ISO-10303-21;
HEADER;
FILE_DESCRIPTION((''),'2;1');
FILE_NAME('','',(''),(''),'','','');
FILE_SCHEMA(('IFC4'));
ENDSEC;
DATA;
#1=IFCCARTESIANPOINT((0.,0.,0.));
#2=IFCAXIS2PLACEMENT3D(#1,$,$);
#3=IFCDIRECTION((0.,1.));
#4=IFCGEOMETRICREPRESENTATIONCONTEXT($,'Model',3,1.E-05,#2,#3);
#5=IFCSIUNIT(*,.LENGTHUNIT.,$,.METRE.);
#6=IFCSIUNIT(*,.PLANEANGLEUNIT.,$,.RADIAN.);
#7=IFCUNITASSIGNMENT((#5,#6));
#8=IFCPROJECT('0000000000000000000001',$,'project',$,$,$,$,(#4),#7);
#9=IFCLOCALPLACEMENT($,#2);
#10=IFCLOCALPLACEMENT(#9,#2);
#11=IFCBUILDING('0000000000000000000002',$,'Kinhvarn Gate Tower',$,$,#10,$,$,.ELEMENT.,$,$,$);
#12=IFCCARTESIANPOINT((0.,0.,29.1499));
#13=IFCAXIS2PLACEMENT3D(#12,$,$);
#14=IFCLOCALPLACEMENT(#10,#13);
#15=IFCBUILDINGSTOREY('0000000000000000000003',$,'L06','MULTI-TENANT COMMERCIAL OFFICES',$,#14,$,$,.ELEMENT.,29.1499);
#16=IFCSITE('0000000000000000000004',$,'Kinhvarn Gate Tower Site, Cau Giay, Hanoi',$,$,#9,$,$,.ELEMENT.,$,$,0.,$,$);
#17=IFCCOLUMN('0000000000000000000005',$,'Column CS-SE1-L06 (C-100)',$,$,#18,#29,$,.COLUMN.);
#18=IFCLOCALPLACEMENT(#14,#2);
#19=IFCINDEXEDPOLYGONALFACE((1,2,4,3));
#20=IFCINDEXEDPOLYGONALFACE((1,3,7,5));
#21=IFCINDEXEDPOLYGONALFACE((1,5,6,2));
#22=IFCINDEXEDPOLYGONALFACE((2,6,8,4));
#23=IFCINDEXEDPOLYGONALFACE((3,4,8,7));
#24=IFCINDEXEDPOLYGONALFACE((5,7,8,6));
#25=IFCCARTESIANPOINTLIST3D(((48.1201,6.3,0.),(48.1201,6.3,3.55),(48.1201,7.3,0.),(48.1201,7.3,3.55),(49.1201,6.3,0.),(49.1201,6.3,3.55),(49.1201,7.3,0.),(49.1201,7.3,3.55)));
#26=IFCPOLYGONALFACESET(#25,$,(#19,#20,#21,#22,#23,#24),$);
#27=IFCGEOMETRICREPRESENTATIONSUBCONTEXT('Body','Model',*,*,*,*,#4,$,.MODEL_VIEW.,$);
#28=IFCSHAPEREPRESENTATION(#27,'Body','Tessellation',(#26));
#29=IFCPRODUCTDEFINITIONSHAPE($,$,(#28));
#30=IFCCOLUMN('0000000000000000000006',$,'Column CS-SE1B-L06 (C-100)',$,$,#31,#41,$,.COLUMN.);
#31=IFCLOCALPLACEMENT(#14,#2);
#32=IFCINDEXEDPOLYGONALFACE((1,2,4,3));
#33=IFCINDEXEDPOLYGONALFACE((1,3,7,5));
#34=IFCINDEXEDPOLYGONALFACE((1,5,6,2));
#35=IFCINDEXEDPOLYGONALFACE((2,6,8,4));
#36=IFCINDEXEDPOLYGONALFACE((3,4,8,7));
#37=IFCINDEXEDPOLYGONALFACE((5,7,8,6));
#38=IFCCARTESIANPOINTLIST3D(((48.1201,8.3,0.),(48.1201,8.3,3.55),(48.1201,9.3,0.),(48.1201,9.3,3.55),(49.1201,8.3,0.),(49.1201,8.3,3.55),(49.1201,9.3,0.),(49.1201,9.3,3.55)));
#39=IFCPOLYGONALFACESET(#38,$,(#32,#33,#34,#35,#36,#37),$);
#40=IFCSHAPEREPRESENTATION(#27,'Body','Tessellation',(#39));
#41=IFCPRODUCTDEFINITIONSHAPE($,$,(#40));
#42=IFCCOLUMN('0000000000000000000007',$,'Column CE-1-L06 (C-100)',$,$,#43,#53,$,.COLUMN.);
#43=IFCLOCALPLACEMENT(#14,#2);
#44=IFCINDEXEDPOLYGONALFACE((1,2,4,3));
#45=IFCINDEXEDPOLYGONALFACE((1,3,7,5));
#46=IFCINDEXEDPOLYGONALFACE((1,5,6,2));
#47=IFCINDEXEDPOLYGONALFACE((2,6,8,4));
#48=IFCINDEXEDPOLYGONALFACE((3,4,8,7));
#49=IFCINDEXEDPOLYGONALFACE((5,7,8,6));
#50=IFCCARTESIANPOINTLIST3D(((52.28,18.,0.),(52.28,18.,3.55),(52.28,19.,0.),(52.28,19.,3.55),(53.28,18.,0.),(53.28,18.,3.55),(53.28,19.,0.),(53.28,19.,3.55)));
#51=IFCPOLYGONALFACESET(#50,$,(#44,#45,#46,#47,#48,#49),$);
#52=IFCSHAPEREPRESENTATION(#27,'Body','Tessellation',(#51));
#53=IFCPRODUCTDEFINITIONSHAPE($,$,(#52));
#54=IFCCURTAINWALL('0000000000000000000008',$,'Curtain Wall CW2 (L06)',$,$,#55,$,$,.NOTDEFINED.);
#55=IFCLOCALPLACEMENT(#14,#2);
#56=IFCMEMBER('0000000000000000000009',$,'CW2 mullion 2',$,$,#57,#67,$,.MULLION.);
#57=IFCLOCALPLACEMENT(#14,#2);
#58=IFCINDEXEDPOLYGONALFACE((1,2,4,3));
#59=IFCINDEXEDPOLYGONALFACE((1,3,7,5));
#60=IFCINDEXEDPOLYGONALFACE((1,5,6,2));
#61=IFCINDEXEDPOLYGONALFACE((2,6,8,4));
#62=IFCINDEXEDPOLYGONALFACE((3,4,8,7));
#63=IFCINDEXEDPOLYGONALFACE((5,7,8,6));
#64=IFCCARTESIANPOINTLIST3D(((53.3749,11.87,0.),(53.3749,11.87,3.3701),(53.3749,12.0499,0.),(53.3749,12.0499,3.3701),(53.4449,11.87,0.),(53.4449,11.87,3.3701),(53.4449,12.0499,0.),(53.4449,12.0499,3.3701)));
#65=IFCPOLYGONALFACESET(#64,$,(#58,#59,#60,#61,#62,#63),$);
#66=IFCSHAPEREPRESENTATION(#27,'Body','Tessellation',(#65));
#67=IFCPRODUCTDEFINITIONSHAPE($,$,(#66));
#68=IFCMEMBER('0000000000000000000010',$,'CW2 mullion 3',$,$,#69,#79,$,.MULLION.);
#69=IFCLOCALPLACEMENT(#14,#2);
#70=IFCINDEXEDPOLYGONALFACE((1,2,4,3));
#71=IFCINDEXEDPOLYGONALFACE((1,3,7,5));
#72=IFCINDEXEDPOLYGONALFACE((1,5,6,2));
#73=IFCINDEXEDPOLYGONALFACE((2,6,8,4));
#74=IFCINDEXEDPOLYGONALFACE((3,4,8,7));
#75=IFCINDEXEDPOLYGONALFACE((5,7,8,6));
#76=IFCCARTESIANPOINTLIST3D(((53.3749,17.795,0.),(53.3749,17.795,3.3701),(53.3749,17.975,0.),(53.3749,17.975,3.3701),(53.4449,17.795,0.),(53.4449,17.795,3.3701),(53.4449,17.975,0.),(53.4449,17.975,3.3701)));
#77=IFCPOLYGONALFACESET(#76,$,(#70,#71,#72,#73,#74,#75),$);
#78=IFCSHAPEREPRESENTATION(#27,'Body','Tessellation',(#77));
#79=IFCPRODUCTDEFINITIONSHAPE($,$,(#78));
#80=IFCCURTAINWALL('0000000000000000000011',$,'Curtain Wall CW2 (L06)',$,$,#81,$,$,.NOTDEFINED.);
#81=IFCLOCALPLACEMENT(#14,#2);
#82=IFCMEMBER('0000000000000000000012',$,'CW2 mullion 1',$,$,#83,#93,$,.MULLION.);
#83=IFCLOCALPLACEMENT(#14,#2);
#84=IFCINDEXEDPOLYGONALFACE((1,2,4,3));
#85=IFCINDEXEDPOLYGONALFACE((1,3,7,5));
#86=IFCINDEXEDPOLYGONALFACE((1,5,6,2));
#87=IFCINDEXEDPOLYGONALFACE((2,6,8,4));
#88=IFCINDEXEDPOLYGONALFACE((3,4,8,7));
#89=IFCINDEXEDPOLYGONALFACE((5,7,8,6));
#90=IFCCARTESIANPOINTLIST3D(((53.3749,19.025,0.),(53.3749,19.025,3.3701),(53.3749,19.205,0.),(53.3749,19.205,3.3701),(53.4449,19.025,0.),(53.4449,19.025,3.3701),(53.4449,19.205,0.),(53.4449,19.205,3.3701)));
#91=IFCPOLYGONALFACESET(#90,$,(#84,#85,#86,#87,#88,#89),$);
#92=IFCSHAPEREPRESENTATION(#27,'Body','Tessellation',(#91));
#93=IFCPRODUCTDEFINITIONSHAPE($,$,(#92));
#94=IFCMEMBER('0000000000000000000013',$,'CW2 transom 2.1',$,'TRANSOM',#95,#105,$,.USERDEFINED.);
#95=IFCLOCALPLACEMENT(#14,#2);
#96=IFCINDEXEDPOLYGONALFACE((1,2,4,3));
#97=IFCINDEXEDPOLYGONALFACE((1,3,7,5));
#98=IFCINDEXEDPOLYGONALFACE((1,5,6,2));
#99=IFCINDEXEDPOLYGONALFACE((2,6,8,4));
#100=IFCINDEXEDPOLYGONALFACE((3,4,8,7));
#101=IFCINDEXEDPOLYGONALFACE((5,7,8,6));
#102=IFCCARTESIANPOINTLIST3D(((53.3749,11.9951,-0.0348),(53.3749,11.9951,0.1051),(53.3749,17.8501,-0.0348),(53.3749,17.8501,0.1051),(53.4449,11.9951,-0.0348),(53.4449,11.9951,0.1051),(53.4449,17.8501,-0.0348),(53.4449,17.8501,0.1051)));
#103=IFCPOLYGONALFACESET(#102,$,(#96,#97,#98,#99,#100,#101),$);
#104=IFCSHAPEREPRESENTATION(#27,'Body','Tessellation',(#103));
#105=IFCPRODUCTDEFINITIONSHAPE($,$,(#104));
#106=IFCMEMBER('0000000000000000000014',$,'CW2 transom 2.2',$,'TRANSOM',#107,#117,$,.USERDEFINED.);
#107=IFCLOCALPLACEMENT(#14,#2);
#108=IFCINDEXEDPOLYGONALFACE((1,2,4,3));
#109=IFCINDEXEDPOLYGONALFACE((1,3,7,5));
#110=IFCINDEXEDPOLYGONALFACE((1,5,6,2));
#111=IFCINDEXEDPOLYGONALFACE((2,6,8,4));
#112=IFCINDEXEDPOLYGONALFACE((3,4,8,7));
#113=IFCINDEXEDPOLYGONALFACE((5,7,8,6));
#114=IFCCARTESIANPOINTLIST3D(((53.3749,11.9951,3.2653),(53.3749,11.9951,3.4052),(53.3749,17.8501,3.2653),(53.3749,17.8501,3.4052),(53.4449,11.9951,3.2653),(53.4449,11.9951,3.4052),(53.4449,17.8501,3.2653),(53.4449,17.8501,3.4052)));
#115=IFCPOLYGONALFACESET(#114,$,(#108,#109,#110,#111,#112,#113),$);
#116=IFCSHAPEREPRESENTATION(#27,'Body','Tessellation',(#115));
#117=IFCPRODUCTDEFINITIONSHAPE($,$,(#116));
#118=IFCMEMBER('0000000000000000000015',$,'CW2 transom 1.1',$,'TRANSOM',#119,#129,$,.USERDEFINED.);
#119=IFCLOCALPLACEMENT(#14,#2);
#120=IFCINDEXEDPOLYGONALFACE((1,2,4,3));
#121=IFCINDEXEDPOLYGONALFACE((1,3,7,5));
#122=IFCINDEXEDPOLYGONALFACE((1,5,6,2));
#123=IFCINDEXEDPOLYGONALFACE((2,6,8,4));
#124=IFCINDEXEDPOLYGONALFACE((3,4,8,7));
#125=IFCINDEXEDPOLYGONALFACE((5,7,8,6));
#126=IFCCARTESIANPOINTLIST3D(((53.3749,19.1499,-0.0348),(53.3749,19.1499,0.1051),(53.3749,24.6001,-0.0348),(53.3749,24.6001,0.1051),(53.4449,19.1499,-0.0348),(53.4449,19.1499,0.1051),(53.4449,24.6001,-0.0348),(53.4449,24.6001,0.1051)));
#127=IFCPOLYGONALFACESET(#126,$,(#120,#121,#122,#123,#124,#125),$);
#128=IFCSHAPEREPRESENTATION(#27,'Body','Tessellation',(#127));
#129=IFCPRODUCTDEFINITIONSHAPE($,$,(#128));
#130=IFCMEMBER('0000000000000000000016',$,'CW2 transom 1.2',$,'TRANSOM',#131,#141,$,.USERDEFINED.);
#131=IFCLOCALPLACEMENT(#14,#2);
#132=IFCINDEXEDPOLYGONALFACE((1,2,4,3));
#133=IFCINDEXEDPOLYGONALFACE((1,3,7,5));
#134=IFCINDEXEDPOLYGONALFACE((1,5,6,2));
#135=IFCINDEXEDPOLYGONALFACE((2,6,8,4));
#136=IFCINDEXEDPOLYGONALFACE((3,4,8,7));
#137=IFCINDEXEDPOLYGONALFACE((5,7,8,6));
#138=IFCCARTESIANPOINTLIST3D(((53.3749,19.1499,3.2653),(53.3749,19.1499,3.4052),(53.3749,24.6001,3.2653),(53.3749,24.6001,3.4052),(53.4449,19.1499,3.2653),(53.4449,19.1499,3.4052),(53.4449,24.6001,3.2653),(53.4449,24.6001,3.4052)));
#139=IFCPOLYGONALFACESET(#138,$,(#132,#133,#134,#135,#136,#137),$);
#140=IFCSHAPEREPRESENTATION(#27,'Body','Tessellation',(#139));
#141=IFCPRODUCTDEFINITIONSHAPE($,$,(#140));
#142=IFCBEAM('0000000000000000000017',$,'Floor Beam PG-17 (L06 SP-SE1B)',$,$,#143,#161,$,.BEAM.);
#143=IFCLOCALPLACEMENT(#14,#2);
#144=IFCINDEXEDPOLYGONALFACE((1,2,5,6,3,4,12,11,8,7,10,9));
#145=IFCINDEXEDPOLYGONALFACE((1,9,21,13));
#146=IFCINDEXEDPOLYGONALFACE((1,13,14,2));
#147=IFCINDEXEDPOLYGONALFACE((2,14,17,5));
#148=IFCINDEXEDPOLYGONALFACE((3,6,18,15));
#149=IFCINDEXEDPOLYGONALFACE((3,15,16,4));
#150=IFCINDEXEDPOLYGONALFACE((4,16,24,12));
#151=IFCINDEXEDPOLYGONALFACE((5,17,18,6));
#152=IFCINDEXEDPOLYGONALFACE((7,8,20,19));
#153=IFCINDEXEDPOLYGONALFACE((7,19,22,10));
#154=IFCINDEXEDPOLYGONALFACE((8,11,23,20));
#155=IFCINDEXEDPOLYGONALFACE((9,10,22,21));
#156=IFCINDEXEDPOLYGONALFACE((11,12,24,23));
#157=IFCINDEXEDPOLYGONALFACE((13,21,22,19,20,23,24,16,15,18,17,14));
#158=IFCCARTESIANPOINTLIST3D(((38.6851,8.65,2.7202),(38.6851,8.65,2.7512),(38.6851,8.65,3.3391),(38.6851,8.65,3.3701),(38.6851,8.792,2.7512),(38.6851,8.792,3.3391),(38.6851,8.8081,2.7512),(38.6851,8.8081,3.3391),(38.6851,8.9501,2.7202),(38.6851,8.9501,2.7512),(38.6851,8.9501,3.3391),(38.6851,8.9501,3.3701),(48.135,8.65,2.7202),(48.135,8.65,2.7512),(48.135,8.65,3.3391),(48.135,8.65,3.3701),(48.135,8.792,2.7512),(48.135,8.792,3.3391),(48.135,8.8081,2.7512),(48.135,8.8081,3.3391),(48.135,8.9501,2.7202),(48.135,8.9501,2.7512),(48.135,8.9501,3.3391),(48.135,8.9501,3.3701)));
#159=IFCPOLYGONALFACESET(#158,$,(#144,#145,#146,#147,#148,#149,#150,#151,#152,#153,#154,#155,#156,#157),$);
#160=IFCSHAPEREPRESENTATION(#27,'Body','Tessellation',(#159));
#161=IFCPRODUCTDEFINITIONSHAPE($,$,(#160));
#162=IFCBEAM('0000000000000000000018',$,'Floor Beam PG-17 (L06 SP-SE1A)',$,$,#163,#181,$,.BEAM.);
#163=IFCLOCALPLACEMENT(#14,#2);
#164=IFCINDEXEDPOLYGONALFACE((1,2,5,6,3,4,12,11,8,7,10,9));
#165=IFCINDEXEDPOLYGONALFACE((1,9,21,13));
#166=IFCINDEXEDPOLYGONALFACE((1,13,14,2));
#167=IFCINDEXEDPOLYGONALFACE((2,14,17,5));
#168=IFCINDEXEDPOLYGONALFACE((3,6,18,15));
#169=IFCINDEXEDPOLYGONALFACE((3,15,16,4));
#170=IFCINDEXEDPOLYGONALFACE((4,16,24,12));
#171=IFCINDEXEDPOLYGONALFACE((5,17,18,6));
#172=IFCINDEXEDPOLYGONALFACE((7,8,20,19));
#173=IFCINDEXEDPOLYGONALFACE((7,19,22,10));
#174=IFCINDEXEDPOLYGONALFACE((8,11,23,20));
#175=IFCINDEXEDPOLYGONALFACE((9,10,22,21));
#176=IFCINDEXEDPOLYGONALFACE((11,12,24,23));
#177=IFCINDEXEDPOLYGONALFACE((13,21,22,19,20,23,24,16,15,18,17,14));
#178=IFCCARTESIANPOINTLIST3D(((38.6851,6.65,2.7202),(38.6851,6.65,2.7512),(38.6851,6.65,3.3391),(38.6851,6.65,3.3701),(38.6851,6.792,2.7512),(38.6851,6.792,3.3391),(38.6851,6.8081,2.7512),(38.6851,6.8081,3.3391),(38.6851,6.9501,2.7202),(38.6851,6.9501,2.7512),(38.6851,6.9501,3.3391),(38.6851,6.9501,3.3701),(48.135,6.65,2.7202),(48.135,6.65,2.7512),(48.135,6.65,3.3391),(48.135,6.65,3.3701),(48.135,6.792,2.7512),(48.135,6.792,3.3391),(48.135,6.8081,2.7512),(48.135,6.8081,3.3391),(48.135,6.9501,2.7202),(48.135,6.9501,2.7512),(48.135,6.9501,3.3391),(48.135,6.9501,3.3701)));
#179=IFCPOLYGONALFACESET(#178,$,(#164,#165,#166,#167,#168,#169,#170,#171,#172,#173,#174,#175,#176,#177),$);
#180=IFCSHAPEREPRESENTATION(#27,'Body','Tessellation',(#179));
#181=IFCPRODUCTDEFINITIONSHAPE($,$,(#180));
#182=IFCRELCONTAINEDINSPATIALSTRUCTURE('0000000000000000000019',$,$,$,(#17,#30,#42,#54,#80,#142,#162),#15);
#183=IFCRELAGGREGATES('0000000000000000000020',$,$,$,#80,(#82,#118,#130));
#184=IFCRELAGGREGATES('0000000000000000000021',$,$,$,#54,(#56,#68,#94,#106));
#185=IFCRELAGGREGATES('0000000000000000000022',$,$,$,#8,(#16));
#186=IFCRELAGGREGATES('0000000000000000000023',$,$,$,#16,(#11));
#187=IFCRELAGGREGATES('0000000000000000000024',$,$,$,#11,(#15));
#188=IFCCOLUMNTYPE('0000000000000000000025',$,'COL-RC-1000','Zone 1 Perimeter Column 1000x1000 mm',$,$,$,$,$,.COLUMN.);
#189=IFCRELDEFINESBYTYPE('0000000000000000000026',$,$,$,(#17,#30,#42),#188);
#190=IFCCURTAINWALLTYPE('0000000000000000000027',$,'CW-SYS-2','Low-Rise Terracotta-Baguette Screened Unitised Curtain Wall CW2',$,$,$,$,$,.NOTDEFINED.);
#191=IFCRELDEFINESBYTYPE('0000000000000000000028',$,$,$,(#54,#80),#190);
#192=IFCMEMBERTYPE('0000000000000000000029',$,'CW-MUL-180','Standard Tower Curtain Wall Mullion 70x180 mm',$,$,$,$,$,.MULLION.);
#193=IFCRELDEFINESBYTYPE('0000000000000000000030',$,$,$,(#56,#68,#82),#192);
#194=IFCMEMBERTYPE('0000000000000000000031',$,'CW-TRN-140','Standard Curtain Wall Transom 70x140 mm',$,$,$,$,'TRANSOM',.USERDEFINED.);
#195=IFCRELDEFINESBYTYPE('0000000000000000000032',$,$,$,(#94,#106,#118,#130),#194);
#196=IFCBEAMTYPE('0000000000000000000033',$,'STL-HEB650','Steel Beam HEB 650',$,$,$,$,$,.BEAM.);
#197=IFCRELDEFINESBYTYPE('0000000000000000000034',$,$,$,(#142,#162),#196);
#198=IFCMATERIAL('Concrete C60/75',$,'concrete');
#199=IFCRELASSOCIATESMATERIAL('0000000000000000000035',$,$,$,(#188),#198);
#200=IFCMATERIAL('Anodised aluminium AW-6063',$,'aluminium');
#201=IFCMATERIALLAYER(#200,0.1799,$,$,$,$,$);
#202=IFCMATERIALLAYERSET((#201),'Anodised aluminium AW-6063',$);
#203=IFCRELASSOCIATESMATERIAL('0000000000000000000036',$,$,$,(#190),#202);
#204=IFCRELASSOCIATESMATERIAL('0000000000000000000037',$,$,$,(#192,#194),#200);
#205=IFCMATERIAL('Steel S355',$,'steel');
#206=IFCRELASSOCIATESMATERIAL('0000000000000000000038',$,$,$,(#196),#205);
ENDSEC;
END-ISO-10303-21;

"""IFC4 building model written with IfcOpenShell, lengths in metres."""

from ifc_helpers import new_model, si_unit, direction, frame, origin, origin_2d, place, context, subcontext, project, spatial, rectangle, i_section, extrude, material, layer, layer_set, material_profile, profile_set, type_object, element, aggregate, save


model = new_model("IFC4")

# Units and contexts
model_context = context("Model", 3, precision=1e-05, world=origin(), true_north=direction((0.0, 1.0)))
body_context = subcontext(model_context, "Body", "Model", "MODEL_VIEW")
ifc_project = project(units=[si_unit("LENGTHUNIT", "METRE"), si_unit("PLANEANGLEUNIT", "RADIAN")], contexts=[model_context])

# Site, building, storey
site_placement = place(None, origin())
site = spatial("IfcSite", under=ifc_project, at=site_placement, Name="Kinhvarn Gate Tower Site, Cau Giay, Hanoi", CompositionType="ELEMENT", RefElevation=0.0)
building_placement = place(site_placement, origin())
building = spatial("IfcBuilding", under=site, at=building_placement, Name="Kinhvarn Gate Tower", CompositionType="ELEMENT")
storey_placement = place(building_placement, frame((0.0, 0.0, 29.1499)))
storey = spatial("IfcBuildingStorey", under=building, at=storey_placement, Name="L06", Description="MULTI-TENANT COMMERCIAL OFFICES", CompositionType="ELEMENT", Elevation=29.1499)

# Columns
ifc_material_1 = material(Name="Concrete C60/75", Category="concrete")
ifc_material_profile_1 = material_profile(ifc_material_1, rectangle(XDim=1.0, YDim=1.0, at=origin_2d()), Name="RC 1000x1000")
ifc_profile_set_1 = profile_set([ifc_material_profile_1], Name="Concrete C60/75")
column_type = type_object("IfcColumnType", Name="COL-RC-1000", Description="Zone 1 Perimeter Column 1000x1000 mm", PredefinedType="COLUMN", material=ifc_profile_set_1)
for number, where, z_axis, x_axis, name in (
    (1, (48.6201, 6.8, 0.0), (0.0, 0.0, 1.0), (1.0, 0.0, 0.0), "Column CS-SE1-L06 (C-100)"),
    (2, (48.6201, 8.8, 0.0), (0.0, 0.0, 1.0), (1.0, 0.0, 0.0), "Column CS-SE1B-L06 (C-100)"),
    (3, (52.78, 18.5, 0.0), (0.0, 0.0, 1.0), (1.0, 0.0, 0.0), "Column CE-1-L06 (C-100)"),
):
    element("IfcColumn", number, at=place(storey_placement, frame(where, z_axis=z_axis, x_axis=x_axis)), inside=storey, type_object=column_type, Name=name, PredefinedType="COLUMN", context=body_context, shape_type="SweptSolid", body=[
        extrude(rectangle(XDim=1.0, YDim=1.0, at=origin_2d()), origin(), (0.0, 0.0, 1.0), 3.55),
    ])

# Curtain wall, members
ifc_material_2 = material(Name="Anodised aluminium AW-6063", Category="aluminium")
ifc_layer_1 = layer(ifc_material_2, 0.1799)
ifc_layer_set_1 = layer_set([ifc_layer_1], Name="Anodised aluminium AW-6063")
curtain_wall_type = type_object("IfcCurtainWallType", Name="CW-SYS-2", Description="Low-Rise Terracotta-Baguette Screened Unitised Curtain Wall CW2", PredefinedType="NOTDEFINED", material=ifc_layer_set_1)
curtain_wall_1_placement = place(storey_placement, origin())
curtain_wall_1 = element("IfcCurtainWall", 4, at=curtain_wall_1_placement, inside=storey, type_object=curtain_wall_type, Name="Curtain Wall CW2 (L06)", PredefinedType="NOTDEFINED")
ifc_material_profile_2 = material_profile(ifc_material_2, rectangle(XDim=0.0701, YDim=0.1799, at=origin_2d()), Name="ALU 70x180")
ifc_profile_set_2 = profile_set([ifc_material_profile_2], Name="Anodised aluminium AW-6063")
member_type_1 = type_object("IfcMemberType", Name="CW-MUL-180", Description="Standard Tower Curtain Wall Mullion 70x180 mm", PredefinedType="MULLION", material=ifc_profile_set_2)
member_1_placement = place(storey_placement, frame((53.4099, 11.96, 0.0), z_axis=(0.0, 0.0, 1.0), x_axis=(-1.0, 0.0, 0.0)))
member_1 = element("IfcMember", 5, at=member_1_placement, type_object=member_type_1, Name="CW2 mullion 2", PredefinedType="MULLION", context=body_context, shape_type="SweptSolid", body=[
    extrude(rectangle(XDim=0.0701, YDim=0.1799, at=origin_2d()), origin(), (0.0, 0.0, 1.0), 3.3701),
])
member_2_placement = place(storey_placement, frame((53.4099, 17.885, 0.0), z_axis=(0.0, 0.0, 1.0), x_axis=(-1.0, 0.0, 0.0)))
member_2 = element("IfcMember", 6, at=member_2_placement, type_object=member_type_1, Name="CW2 mullion 3", PredefinedType="MULLION", context=body_context, shape_type="SweptSolid", body=[
    extrude(rectangle(XDim=0.0701, YDim=0.1799, at=origin_2d()), origin(), (0.0, 0.0, 1.0), 3.3701),
])

# Curtain wall, member
curtain_wall_2_placement = place(storey_placement, origin())
curtain_wall_2 = element("IfcCurtainWall", 7, at=curtain_wall_2_placement, inside=storey, type_object=curtain_wall_type, Name="Curtain Wall CW2 (L06)", PredefinedType="NOTDEFINED")
member_3_placement = place(storey_placement, frame((53.4099, 19.115, 0.0), z_axis=(0.0, 0.0, 1.0), x_axis=(-1.0, 0.0, 0.0)))
member_3 = element("IfcMember", 8, at=member_3_placement, type_object=member_type_1, Name="CW2 mullion 1", PredefinedType="MULLION", context=body_context, shape_type="SweptSolid", body=[
    extrude(rectangle(XDim=0.0701, YDim=0.1799, at=origin_2d()), origin(), (0.0, 0.0, 1.0), 3.3701),
])

# Members
ifc_material_profile_3 = material_profile(ifc_material_2, rectangle(XDim=0.0701, YDim=0.1399, at=origin_2d()), Name="ALU 70x140")
ifc_profile_set_3 = profile_set([ifc_material_profile_3], Name="Anodised aluminium AW-6063")
member_type_2 = type_object("IfcMemberType", Name="CW-TRN-140", Description="Standard Curtain Wall Transom 70x140 mm", ElementType="TRANSOM", PredefinedType="USERDEFINED", material=ifc_profile_set_3)
member_4_placement = place(storey_placement, frame((53.4099, 11.9951, 0.0352), z_axis=(0.0, 1.0, 0.0), x_axis=(-1.0, 0.0, 0.0)))
member_4 = element("IfcMember", 9, at=member_4_placement, type_object=member_type_2, Name="CW2 transom 2.1", ObjectType="TRANSOM", PredefinedType="USERDEFINED", context=body_context, shape_type="SweptSolid", body=[
    extrude(rectangle(XDim=0.0701, YDim=0.1399, at=origin_2d()), origin(), (0.0, 0.0, 1.0), 5.855),
])
member_5_placement = place(storey_placement, frame((53.4099, 11.9951, 3.3352), z_axis=(0.0, 1.0, 0.0), x_axis=(-1.0, 0.0, 0.0)))
member_5 = element("IfcMember", 10, at=member_5_placement, type_object=member_type_2, Name="CW2 transom 2.2", ObjectType="TRANSOM", PredefinedType="USERDEFINED", context=body_context, shape_type="SweptSolid", body=[
    extrude(rectangle(XDim=0.0701, YDim=0.1399, at=origin_2d()), origin(), (0.0, 0.0, 1.0), 5.855),
])
member_6_placement = place(storey_placement, frame((53.4099, 19.1499, 0.0352), z_axis=(0.0, 1.0, 0.0), x_axis=(-1.0, 0.0, 0.0)))
member_6 = element("IfcMember", 11, at=member_6_placement, type_object=member_type_2, Name="CW2 transom 1.1", ObjectType="TRANSOM", PredefinedType="USERDEFINED", context=body_context, shape_type="SweptSolid", body=[
    extrude(rectangle(XDim=0.0701, YDim=0.1399, at=origin_2d()), origin(), (0.0, 0.0, 1.0), 5.4502),
])
member_7_placement = place(storey_placement, frame((53.4099, 19.1499, 3.3352), z_axis=(0.0, 1.0, 0.0), x_axis=(-1.0, 0.0, 0.0)))
member_7 = element("IfcMember", 12, at=member_7_placement, type_object=member_type_2, Name="CW2 transom 1.2", ObjectType="TRANSOM", PredefinedType="USERDEFINED", context=body_context, shape_type="SweptSolid", body=[
    extrude(rectangle(XDim=0.0701, YDim=0.1399, at=origin_2d()), origin(), (0.0, 0.0, 1.0), 5.4502),
])
aggregate(curtain_wall_2, [member_3, member_6, member_7])

# Beams
ifc_material_3 = material(Name="Steel S355", Category="steel")
ifc_material_profile_4 = material_profile(ifc_material_3, i_section(OverallWidth=0.3, OverallDepth=0.6499, WebThickness=0.0161, FlangeThickness=0.031, at=origin_2d()), Name="HEB 650")
ifc_profile_set_4 = profile_set([ifc_material_profile_4], Name="Steel S355")
beam_type_1 = type_object("IfcBeamType", Name="STL-HEB650", Description="Steel Beam HEB 650", PredefinedType="BEAM", material=ifc_profile_set_4)
for number, where, z_axis, x_axis, name in (
    (13, (38.6851, 8.8, 3.0452), (1.0, 0.0, 0.0), (0.0, 1.0, 0.0), "Floor Beam PG-17 (L06 SP-SE1B)"),
    (14, (38.6851, 6.8, 3.0452), (1.0, 0.0, 0.0), (0.0, 1.0, 0.0), "Floor Beam PG-17 (L06 SP-SE1A)"),
):
    element("IfcBeam", number, at=place(storey_placement, frame(where, z_axis=z_axis, x_axis=x_axis)), inside=storey, type_object=beam_type_1, Name=name, PredefinedType="BEAM", context=body_context, shape_type="SweptSolid", body=[
        extrude(i_section(OverallWidth=0.3, OverallDepth=0.6499, WebThickness=0.0161, FlangeThickness=0.031, at=origin_2d()), origin(), (0.0, 0.0, 1.0), 9.45),
    ])

aggregate(curtain_wall_1, [member_1, member_2, member_4, member_5])

save(model, "model.ifc")
